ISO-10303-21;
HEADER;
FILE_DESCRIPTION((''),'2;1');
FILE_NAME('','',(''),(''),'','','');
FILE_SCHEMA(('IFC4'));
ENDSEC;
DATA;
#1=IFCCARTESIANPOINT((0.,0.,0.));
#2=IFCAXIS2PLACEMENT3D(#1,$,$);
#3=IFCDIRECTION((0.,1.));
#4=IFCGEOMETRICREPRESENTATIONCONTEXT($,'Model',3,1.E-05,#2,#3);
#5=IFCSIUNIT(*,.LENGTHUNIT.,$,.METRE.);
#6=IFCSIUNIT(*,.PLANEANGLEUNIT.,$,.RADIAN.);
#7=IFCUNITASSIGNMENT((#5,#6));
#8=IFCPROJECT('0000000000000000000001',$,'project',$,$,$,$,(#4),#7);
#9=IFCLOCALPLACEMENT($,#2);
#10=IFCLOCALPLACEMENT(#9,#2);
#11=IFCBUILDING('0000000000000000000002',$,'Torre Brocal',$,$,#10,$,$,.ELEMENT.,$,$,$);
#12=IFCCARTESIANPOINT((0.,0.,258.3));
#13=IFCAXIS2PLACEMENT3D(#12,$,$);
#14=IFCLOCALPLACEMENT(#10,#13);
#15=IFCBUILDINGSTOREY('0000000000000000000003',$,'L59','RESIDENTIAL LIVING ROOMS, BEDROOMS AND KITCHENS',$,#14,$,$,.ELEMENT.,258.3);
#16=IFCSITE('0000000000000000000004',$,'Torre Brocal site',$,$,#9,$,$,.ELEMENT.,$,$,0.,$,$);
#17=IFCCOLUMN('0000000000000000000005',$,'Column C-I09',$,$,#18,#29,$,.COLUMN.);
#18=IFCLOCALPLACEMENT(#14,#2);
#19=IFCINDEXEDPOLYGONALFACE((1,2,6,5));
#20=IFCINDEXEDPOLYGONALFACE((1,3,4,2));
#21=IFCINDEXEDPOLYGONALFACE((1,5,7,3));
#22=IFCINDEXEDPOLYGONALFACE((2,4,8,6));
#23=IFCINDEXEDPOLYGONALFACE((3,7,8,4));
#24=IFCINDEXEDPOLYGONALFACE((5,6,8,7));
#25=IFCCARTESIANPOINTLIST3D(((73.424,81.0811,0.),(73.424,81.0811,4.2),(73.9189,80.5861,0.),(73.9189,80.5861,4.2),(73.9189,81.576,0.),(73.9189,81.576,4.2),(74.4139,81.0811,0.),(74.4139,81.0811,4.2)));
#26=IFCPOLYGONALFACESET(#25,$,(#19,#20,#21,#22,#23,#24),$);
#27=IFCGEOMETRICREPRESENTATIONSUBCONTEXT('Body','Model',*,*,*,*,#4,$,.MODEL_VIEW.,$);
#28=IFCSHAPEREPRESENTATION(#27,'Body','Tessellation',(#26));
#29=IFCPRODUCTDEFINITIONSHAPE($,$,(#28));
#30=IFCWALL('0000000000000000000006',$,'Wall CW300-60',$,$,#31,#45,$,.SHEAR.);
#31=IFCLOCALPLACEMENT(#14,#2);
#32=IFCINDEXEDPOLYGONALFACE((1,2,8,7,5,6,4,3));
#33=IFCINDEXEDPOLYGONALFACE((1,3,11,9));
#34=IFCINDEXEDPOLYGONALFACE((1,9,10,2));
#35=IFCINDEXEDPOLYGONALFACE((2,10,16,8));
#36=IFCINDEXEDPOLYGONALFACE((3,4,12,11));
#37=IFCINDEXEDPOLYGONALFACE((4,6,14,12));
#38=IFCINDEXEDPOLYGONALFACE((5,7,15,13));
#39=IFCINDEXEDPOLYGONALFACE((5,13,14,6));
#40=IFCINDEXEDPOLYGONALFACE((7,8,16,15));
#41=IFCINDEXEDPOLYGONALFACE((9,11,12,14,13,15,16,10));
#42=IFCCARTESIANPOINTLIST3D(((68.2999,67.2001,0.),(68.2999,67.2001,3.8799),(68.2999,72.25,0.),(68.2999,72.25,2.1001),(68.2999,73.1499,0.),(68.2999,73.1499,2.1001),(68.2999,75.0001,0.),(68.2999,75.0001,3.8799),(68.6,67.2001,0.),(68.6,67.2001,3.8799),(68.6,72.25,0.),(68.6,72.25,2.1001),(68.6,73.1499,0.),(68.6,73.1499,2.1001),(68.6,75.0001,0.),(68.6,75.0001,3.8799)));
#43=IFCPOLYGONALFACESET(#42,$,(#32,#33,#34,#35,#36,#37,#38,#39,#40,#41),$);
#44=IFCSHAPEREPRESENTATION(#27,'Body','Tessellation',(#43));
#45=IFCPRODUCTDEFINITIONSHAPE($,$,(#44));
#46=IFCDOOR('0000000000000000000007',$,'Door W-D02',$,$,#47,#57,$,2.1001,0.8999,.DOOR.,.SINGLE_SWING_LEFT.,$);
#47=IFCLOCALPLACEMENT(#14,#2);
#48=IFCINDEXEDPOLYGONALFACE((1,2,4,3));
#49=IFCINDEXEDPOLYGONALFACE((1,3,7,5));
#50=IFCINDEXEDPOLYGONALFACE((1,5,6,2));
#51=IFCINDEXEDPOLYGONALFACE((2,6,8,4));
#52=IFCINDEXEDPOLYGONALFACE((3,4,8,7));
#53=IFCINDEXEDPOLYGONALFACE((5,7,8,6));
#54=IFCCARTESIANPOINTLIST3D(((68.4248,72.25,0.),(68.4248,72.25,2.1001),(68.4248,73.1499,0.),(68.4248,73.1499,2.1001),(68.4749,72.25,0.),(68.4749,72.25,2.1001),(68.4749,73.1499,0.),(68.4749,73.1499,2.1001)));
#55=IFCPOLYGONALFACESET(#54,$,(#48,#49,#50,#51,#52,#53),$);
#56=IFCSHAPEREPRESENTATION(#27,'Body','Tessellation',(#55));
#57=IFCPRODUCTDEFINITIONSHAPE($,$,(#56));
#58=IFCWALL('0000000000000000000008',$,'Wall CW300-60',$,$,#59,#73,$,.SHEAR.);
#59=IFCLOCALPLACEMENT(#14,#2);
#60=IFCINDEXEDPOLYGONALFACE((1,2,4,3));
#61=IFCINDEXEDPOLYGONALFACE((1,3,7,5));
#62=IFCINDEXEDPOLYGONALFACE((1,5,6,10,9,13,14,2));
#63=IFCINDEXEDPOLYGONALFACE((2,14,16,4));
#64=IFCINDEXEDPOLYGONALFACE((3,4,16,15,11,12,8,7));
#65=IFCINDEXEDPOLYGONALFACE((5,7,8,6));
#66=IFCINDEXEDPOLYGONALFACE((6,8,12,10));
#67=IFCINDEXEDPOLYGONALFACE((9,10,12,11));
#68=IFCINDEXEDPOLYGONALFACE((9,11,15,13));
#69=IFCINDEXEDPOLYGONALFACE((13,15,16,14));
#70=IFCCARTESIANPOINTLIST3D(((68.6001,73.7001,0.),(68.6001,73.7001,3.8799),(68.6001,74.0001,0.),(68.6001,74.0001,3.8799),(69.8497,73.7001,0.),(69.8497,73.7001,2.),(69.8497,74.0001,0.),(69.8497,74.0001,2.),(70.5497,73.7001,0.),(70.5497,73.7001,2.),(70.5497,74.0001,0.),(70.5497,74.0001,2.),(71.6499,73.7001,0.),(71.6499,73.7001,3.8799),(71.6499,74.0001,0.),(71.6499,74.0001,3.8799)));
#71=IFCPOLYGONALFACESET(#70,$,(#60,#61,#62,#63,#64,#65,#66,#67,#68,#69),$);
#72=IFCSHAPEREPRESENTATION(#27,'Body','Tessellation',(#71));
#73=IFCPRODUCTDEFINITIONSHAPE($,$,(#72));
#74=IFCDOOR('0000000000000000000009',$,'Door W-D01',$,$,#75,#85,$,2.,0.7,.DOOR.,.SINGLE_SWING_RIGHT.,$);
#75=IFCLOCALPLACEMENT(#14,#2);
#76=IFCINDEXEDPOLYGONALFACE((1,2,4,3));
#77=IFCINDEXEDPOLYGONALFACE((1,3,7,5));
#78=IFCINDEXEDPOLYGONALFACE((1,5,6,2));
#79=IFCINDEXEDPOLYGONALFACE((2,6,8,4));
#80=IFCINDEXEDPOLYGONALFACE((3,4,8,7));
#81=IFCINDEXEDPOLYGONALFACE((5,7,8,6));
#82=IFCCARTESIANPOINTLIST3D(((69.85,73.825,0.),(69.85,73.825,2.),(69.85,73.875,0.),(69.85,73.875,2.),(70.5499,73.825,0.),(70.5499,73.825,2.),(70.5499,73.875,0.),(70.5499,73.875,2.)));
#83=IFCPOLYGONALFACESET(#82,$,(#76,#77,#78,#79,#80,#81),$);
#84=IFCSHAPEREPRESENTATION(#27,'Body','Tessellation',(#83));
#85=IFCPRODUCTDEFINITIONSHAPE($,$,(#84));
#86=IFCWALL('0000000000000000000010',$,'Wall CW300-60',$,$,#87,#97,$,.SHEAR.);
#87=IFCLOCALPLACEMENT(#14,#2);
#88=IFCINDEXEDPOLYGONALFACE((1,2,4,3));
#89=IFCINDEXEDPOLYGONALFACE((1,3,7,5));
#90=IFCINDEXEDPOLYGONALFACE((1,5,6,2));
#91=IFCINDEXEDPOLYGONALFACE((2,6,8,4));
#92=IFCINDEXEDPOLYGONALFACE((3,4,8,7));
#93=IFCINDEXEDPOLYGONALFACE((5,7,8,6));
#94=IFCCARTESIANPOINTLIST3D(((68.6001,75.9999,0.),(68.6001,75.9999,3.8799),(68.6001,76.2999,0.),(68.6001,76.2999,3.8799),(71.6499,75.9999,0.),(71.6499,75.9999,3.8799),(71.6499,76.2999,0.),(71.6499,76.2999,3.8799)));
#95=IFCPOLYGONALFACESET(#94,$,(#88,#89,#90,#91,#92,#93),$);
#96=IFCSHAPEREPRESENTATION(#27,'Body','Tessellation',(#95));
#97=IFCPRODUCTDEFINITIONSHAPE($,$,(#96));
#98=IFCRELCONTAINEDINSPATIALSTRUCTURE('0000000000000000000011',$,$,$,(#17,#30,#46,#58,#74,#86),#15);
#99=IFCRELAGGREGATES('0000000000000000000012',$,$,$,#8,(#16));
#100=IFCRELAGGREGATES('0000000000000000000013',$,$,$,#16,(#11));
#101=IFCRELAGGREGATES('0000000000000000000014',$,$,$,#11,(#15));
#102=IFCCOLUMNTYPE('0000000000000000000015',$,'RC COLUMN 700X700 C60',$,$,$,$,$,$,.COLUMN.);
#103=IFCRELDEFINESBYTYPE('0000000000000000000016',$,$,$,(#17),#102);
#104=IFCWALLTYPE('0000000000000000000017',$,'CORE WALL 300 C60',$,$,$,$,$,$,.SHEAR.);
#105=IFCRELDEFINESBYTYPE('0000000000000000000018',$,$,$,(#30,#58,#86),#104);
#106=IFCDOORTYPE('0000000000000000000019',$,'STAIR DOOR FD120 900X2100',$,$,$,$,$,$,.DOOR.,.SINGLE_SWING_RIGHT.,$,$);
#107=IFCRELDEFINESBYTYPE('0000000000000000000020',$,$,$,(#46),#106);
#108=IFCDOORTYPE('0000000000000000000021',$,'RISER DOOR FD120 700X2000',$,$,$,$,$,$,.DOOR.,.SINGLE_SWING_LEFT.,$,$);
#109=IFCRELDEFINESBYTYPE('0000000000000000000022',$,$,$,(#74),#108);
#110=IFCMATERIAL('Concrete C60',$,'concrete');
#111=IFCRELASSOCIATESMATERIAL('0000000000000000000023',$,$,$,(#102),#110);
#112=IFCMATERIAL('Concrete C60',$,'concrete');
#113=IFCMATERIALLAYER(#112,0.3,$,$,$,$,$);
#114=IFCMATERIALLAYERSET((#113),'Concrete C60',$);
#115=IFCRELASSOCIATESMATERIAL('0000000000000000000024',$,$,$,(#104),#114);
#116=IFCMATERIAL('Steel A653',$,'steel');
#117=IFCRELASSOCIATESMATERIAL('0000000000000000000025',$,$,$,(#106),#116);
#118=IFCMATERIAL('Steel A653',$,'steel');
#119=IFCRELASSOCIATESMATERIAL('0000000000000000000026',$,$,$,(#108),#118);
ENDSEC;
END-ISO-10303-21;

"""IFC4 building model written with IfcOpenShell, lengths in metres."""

from ifc_helpers import new_model, si_unit, direction, frame, frame_2d, origin, origin_2d, place, context, subcontext, project, spatial, rectangle, extrude, material, layer, layer_set, material_profile, profile_set, type_object, element, fill, save


model = new_model("IFC4")

# Units and contexts
model_context = context("Model", 3, precision=1e-05, world=origin(), true_north=direction((0.0, 1.0)))
body_context = subcontext(model_context, "Body", "Model", "MODEL_VIEW")
ifc_project = project(units=[si_unit("LENGTHUNIT", "METRE"), si_unit("PLANEANGLEUNIT", "RADIAN")], contexts=[model_context])

# Site, building, storey
site_placement = place(None, origin())
site = spatial("IfcSite", under=ifc_project, at=site_placement, Name="Torre Brocal site", CompositionType="ELEMENT", RefElevation=0.0)
building_placement = place(site_placement, origin())
building = spatial("IfcBuilding", under=site, at=building_placement, Name="Torre Brocal", CompositionType="ELEMENT")
storey_placement = place(building_placement, frame((0.0, 0.0, 258.3)))
storey = spatial("IfcBuildingStorey", under=building, at=storey_placement, Name="L59", Description="RESIDENTIAL LIVING ROOMS, BEDROOMS AND KITCHENS", CompositionType="ELEMENT", Elevation=258.3)

# Column
ifc_material_1 = material(Name="Concrete C60", Category="concrete")
ifc_material_profile = material_profile(ifc_material_1, rectangle(XDim=0.7, YDim=0.7, at=origin_2d()), Name="RC 700X700")
ifc_profile_set = profile_set([ifc_material_profile], Name="Concrete C60")
column_type = type_object("IfcColumnType", Name="RC COLUMN 700X700 C60", PredefinedType="COLUMN", material=ifc_profile_set)
column_placement = place(storey_placement, frame((73.9189, 81.0811, 0.0), z_axis=(0.0, 0.0, 1.0), x_axis=(-0.707107, 0.707107, 0.0)))
element("IfcColumn", 1, at=column_placement, inside=storey, type_object=column_type, Name="Column C-I09", PredefinedType="COLUMN", context=body_context, shape_type="SweptSolid", body=[
    extrude(rectangle(XDim=0.7, YDim=0.7, at=origin_2d()), origin(), (0.0, 0.0, 1.0), 4.2),
])

# Walls, openings, doors
ifc_material_2 = material(Name="Concrete C60", Category="concrete")
ifc_layer_1 = layer(ifc_material_2, 0.3)
ifc_layer_set_1 = layer_set([ifc_layer_1], Name="Concrete C60")
wall_type_1 = type_object("IfcWallType", Name="CORE WALL 300 C60", PredefinedType="SHEAR", material=ifc_layer_set_1)
wall_1_placement = place(storey_placement, frame((68.45, 75.0, 0.0), z_axis=(0.0, 0.0, 1.0), x_axis=(0.0, -1.0, 0.0)))
wall_1 = element("IfcWall", 2, at=wall_1_placement, inside=storey, type_object=wall_type_1, Name="Wall CW300-60", PredefinedType="SHEAR", context=body_context, shape_type="SweptSolid", body=[
    extrude(rectangle(XDim=7.8, YDim=0.3, at=frame_2d((3.8999, 0.0))), origin(), (0.0, 0.0, 1.0), 3.8799),
])
opening_1_placement = place(wall_1_placement, frame((1.8501, 0.0, 0.0)))
opening_1 = element("IfcOpeningElement", 3, at=opening_1_placement, cuts=wall_1, PredefinedType="OPENING", context=body_context, shape_type="SweptSolid", body=[
    extrude(rectangle(XDim=0.8999, YDim=2.1001, at=frame_2d((0.45, 1.05))), frame((0.0, 0.1599, 0.0), z_axis=(0.0, -1.0, 0.0), x_axis=(1.0, 0.0, 0.0)), (0.0, 0.0, 1.0), 0.3201),
])
ifc_material_3 = material(Name="Steel A653", Category="steel")
door_type_1 = type_object("IfcDoorType", Name="STAIR DOOR FD120 900X2100", OperationType="SINGLE_SWING_RIGHT", PredefinedType="DOOR", material=ifc_material_3)
door_1_placement = place(opening_1_placement, origin())
door_1 = element("IfcDoor", 4, at=door_1_placement, inside=storey, type_object=door_type_1, Name="Door W-D02", OperationType="SINGLE_SWING_LEFT", OverallHeight=2.1001, OverallWidth=0.8999, PredefinedType="DOOR", context=body_context, shape_type="SweptSolid", body=[
    extrude(rectangle(XDim=0.8999, YDim=2.1001, at=frame_2d((0.45, 1.05))), frame((0.0, 0.0249, 0.0), z_axis=(0.0, -1.0, 0.0), x_axis=(1.0, 0.0, 0.0)), (0.0, 0.0, 1.0), 0.05),
])
fill(opening_1, door_1)
wall_2_placement = place(storey_placement, frame((71.6499, 73.8501, 0.0), z_axis=(0.0, 0.0, 1.0), x_axis=(-1.0, 0.0, 0.0)))
wall_2 = element("IfcWall", 5, at=wall_2_placement, inside=storey, type_object=wall_type_1, Name="Wall CW300-60", PredefinedType="SHEAR", context=body_context, shape_type="SweptSolid", body=[
    extrude(rectangle(XDim=3.0498, YDim=0.3, at=frame_2d((1.5249, 0.0))), origin(), (0.0, 0.0, 1.0), 3.8799),
])
opening_2_placement = place(wall_2_placement, frame((1.1001, 0.0, 0.0)))
opening_2 = element("IfcOpeningElement", 6, at=opening_2_placement, cuts=wall_2, PredefinedType="OPENING", context=body_context, shape_type="SweptSolid", body=[
    extrude(rectangle(XDim=0.7, YDim=2.0, at=frame_2d((0.3501, 1.0))), frame((0.0, 0.1599, 0.0), z_axis=(0.0, -1.0, 0.0), x_axis=(1.0, 0.0, 0.0)), (0.0, 0.0, 1.0), 0.3201),
])
ifc_material_4 = material(Name="Steel A653", Category="steel")
door_type_2 = type_object("IfcDoorType", Name="RISER DOOR FD120 700X2000", OperationType="SINGLE_SWING_LEFT", PredefinedType="DOOR", material=ifc_material_4)
door_2_placement = place(opening_2_placement, frame((0.7, 0.0, 0.0), z_axis=(0.0, 0.0, 1.0), x_axis=(-1.0, 0.0, 0.0)))
door_2 = element("IfcDoor", 7, at=door_2_placement, inside=storey, type_object=door_type_2, Name="Door W-D01", OperationType="SINGLE_SWING_RIGHT", OverallHeight=2.0, OverallWidth=0.7, PredefinedType="DOOR", context=body_context, shape_type="SweptSolid", body=[
    extrude(rectangle(XDim=0.7, YDim=2.0, at=frame_2d((0.3501, 1.0))), frame((0.0, 0.0249, 0.0), z_axis=(0.0, -1.0, 0.0), x_axis=(1.0, 0.0, 0.0)), (0.0, 0.0, 1.0), 0.05),
])
fill(opening_2, door_2)

# Wall
wall_3_placement = place(storey_placement, frame((71.6499, 76.1499, 0.0), z_axis=(0.0, 0.0, 1.0), x_axis=(-1.0, 0.0, 0.0)))
element("IfcWall", 8, at=wall_3_placement, inside=storey, type_object=wall_type_1, Name="Wall CW300-60", PredefinedType="SHEAR", context=body_context, shape_type="SweptSolid", body=[
    extrude(rectangle(XDim=3.0498, YDim=0.3, at=frame_2d((1.5249, 0.0))), origin(), (0.0, 0.0, 1.0), 3.8799),
])

save(model, "model.ifc")
